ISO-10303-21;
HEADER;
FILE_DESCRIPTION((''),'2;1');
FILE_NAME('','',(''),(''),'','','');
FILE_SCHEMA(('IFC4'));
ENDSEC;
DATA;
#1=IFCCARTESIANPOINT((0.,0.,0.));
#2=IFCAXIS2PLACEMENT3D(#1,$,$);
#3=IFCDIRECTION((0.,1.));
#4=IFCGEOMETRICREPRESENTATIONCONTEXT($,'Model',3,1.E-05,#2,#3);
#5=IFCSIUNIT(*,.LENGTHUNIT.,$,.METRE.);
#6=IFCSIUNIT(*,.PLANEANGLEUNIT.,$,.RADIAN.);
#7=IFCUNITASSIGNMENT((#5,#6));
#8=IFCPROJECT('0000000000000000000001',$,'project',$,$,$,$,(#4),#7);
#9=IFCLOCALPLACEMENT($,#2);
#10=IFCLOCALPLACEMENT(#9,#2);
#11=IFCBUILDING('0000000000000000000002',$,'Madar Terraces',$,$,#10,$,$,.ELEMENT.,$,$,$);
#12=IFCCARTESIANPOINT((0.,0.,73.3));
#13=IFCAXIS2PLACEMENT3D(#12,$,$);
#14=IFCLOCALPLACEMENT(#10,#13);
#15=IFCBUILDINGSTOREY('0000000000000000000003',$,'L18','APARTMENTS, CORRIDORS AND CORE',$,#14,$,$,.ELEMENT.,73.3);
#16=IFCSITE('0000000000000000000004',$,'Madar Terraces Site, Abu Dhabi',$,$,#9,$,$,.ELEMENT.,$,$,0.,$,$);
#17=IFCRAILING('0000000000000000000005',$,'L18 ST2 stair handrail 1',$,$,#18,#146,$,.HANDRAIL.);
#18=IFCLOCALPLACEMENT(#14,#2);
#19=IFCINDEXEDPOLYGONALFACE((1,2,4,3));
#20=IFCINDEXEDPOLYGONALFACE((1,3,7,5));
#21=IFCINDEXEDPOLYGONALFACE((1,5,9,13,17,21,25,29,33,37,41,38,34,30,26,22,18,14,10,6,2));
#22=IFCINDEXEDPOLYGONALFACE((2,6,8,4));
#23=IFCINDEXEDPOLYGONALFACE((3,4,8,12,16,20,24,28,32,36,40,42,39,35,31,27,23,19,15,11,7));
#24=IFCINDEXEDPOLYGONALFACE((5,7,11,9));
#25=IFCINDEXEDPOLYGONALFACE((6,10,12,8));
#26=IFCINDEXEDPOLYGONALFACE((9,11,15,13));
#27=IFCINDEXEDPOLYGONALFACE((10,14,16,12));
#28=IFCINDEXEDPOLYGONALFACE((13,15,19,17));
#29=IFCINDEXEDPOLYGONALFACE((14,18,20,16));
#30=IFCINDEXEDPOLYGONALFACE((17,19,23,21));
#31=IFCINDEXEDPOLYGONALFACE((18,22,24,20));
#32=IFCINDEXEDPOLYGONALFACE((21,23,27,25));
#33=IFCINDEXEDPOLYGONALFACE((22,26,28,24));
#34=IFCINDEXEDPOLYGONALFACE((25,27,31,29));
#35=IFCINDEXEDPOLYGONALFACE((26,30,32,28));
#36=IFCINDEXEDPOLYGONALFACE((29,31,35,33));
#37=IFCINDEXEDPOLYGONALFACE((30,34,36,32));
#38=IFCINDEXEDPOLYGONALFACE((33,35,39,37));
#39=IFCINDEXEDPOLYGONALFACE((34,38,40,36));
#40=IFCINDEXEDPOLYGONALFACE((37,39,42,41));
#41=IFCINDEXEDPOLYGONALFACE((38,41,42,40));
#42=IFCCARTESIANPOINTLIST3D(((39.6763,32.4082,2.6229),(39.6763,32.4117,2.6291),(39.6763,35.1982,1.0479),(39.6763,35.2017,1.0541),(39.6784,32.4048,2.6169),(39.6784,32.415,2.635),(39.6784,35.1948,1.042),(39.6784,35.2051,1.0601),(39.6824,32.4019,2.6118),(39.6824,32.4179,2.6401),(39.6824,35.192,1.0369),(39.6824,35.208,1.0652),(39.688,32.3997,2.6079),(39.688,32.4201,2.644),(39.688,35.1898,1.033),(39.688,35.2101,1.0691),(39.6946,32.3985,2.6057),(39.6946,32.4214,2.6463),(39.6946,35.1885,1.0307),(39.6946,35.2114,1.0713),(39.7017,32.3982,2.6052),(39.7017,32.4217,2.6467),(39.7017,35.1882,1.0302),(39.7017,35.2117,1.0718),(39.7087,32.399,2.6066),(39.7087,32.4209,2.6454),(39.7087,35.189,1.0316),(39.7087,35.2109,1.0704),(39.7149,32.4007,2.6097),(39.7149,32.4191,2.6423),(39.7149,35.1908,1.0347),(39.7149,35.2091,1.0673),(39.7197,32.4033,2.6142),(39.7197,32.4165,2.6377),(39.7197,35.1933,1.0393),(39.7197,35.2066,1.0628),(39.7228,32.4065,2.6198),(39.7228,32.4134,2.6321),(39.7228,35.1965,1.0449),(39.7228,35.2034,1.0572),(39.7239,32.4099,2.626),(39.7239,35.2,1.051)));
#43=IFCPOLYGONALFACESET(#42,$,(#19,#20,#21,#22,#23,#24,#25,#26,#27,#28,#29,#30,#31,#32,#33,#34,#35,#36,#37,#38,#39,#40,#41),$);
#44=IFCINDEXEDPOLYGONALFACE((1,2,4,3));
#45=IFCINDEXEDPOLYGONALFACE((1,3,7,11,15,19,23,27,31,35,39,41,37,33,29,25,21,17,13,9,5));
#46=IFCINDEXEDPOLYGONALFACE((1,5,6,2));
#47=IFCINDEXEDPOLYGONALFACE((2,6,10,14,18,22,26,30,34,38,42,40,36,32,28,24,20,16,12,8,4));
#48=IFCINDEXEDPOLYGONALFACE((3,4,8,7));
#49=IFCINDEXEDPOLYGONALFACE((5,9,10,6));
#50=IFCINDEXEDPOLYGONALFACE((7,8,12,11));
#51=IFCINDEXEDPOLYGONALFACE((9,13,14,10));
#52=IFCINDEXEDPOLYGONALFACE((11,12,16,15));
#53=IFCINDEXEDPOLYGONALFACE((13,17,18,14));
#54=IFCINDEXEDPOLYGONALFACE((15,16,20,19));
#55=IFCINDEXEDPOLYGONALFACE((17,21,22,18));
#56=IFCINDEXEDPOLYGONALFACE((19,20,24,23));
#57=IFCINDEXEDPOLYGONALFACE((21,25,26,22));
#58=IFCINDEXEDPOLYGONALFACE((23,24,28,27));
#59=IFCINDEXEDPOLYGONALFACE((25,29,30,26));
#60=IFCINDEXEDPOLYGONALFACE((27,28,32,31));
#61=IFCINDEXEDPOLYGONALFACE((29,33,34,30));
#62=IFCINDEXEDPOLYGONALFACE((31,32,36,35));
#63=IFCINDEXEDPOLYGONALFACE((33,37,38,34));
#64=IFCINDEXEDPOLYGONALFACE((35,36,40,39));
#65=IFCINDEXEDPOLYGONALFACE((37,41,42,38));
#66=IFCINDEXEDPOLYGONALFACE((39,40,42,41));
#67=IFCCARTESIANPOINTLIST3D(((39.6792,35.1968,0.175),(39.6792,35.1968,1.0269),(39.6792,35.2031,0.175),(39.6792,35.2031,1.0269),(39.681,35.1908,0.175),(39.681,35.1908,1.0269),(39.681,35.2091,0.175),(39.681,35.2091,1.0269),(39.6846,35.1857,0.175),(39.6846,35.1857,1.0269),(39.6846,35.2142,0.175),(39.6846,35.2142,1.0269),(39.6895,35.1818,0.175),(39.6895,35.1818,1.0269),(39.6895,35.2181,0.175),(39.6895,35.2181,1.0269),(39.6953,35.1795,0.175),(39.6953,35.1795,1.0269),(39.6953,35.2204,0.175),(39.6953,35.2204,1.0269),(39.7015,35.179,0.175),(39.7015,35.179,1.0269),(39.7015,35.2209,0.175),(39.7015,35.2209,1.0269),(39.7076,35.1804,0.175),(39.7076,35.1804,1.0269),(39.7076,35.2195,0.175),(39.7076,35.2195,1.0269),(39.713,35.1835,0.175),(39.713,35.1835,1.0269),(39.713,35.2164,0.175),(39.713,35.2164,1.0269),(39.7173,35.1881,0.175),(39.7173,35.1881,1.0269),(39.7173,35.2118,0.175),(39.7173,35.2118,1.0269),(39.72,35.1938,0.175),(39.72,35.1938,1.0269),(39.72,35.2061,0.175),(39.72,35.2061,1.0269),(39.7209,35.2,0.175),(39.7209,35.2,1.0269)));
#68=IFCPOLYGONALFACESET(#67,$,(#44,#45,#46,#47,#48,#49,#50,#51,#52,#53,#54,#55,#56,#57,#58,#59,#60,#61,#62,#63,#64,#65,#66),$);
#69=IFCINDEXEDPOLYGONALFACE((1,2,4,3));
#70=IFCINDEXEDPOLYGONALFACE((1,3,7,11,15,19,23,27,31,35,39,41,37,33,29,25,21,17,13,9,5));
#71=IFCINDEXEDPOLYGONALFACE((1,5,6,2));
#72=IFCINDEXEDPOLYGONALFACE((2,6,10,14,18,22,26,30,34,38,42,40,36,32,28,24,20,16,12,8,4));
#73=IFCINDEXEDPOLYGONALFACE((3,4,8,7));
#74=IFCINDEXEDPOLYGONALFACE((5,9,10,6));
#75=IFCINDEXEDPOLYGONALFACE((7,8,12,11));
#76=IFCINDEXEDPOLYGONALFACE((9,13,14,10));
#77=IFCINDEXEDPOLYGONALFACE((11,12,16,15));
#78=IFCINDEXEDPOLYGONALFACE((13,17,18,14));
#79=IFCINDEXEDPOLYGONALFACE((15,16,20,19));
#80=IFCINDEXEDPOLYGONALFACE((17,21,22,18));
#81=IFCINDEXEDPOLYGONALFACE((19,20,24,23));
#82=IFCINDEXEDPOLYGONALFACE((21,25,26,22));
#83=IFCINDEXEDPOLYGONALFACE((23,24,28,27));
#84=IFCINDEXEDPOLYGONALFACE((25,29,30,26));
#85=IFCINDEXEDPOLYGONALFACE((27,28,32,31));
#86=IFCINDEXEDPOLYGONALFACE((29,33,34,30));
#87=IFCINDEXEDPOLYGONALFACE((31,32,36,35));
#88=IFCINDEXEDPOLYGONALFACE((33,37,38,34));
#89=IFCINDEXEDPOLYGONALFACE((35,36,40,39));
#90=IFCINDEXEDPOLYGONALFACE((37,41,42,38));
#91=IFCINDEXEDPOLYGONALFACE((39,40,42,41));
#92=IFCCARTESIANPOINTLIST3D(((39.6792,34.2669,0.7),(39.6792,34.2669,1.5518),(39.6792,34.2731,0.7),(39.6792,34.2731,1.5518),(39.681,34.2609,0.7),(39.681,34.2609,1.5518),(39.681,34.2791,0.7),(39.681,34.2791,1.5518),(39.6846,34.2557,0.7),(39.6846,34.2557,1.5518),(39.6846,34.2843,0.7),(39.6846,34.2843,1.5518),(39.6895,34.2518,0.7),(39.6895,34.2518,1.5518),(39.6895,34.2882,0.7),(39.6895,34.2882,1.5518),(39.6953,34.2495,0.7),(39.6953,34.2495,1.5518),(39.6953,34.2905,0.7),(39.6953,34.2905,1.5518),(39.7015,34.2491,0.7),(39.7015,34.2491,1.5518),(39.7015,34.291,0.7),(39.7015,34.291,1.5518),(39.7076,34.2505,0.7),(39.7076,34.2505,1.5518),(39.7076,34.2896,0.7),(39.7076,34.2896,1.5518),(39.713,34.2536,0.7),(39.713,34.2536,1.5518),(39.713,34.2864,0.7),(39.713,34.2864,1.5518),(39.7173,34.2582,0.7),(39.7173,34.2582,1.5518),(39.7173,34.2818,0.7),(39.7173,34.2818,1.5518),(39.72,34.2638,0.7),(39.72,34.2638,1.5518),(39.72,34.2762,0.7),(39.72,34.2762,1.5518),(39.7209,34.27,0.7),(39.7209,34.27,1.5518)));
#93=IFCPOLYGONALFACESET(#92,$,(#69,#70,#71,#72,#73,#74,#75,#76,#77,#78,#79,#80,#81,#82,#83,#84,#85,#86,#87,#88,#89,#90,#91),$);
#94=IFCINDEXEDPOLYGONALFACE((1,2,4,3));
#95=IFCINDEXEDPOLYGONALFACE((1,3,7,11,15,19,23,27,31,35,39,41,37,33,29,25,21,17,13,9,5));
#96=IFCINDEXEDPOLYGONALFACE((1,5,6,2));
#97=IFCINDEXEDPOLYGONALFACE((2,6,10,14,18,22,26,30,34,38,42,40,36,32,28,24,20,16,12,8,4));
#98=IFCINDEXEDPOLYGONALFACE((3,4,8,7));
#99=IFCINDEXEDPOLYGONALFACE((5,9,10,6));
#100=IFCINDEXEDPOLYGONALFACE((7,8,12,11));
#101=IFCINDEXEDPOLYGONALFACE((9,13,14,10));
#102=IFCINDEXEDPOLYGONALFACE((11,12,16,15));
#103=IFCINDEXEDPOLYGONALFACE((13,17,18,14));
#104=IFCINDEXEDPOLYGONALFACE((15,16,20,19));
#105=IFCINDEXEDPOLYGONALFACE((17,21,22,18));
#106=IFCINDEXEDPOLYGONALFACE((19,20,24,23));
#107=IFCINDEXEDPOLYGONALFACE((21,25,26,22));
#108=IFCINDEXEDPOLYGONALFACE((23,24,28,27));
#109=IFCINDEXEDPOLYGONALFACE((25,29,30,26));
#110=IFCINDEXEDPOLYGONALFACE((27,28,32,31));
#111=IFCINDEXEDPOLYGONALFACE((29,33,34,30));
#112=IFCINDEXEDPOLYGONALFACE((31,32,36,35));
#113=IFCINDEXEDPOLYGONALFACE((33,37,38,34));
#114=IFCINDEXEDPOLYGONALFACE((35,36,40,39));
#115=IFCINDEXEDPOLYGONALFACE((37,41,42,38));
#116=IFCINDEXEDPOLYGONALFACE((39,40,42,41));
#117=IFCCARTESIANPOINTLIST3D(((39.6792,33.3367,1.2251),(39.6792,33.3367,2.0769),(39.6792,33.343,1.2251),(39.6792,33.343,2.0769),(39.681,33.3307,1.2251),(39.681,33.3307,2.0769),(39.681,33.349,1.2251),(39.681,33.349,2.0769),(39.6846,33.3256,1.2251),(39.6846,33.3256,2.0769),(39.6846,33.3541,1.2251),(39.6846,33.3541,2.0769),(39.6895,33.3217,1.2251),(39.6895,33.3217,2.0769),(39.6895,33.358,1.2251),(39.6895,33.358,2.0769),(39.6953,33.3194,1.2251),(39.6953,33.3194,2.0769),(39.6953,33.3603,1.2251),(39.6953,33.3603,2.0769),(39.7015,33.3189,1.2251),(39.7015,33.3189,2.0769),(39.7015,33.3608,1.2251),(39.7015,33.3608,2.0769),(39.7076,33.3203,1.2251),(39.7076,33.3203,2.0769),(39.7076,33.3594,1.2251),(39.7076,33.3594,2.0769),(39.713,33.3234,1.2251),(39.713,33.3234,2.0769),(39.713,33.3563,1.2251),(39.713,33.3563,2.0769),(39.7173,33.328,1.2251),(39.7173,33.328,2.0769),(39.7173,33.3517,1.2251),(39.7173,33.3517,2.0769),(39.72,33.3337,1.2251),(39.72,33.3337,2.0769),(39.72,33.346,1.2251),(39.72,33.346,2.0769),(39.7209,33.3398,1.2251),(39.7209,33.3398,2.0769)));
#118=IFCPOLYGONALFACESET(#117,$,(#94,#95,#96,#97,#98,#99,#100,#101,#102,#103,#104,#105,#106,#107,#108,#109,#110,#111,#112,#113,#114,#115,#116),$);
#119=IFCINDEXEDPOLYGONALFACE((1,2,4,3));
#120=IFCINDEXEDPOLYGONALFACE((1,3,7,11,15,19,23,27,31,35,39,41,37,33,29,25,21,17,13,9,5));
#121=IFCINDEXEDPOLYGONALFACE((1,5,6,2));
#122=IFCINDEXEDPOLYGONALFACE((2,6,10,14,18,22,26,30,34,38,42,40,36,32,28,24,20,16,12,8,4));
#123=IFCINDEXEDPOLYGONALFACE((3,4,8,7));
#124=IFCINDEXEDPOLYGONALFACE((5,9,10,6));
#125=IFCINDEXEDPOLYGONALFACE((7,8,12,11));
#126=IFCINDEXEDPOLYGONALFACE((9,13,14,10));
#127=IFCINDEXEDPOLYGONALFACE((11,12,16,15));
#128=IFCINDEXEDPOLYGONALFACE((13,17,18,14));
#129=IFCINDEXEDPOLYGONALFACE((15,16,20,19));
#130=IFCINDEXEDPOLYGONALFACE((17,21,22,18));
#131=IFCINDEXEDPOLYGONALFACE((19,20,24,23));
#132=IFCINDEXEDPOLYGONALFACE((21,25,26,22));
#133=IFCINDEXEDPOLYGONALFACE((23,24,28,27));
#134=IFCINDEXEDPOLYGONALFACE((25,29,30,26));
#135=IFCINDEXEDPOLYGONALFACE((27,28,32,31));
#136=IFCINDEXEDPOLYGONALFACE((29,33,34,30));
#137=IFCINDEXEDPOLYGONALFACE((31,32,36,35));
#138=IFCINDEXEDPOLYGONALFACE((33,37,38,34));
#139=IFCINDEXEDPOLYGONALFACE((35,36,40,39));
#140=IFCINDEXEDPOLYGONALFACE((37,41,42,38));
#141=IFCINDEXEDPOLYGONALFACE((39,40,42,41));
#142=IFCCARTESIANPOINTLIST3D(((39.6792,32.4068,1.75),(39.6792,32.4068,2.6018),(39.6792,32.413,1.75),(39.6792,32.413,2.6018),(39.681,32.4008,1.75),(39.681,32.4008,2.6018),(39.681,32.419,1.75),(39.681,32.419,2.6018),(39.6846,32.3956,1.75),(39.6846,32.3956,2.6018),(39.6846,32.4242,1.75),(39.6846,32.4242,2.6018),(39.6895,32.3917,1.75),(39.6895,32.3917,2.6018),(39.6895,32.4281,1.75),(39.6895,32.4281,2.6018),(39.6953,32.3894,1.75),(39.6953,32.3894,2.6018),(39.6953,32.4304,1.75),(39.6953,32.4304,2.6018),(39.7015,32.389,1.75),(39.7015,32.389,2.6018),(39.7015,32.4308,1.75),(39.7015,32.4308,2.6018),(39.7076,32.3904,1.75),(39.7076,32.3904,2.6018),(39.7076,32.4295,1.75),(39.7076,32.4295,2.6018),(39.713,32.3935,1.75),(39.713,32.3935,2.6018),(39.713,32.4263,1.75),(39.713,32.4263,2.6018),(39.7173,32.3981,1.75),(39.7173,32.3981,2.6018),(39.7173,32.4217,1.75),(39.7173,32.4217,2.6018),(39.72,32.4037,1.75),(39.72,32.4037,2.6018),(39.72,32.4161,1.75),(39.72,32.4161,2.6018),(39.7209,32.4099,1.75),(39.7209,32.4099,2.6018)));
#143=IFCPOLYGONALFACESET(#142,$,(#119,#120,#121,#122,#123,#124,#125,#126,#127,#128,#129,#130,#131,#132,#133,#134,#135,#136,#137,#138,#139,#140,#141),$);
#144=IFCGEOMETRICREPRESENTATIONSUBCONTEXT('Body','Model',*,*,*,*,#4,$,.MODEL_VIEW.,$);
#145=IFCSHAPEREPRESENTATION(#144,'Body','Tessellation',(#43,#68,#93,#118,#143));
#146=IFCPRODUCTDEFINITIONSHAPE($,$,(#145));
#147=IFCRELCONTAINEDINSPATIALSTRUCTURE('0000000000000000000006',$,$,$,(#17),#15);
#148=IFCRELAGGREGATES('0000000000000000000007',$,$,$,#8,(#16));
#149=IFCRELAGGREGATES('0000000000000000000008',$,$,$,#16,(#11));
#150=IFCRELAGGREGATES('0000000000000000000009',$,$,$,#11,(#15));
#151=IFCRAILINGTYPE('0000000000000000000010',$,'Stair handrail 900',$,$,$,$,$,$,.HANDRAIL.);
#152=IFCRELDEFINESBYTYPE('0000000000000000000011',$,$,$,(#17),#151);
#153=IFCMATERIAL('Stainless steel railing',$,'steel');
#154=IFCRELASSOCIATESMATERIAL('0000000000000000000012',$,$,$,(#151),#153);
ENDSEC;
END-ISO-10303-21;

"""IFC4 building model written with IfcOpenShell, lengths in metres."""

from ifc_helpers import new_model, si_unit, direction, frame, origin, origin_2d, place, context, subcontext, project, spatial, circle, extrude, material, type_object, element, save


model = new_model("IFC4")

# Units and contexts
model_context = context("Model", 3, precision=1e-05, world=origin(), true_north=direction((0.0, 1.0)))
body_context = subcontext(model_context, "Body", "Model", "MODEL_VIEW")
ifc_project = project(units=[si_unit("LENGTHUNIT", "METRE"), si_unit("PLANEANGLEUNIT", "RADIAN")], contexts=[model_context])

# Site, building, storey
site_placement = place(None, origin())
site = spatial("IfcSite", under=ifc_project, at=site_placement, Name="Madar Terraces Site, Abu Dhabi", CompositionType="ELEMENT", RefElevation=0.0)
building_placement = place(site_placement, origin())
building = spatial("IfcBuilding", under=site, at=building_placement, Name="Madar Terraces", CompositionType="ELEMENT")
storey_placement = place(building_placement, frame((0.0, 0.0, 73.3)))
storey = spatial("IfcBuildingStorey", under=building, at=storey_placement, Name="L18", Description="APARTMENTS, CORRIDORS AND CORE", CompositionType="ELEMENT", Elevation=73.3)

# Railing
ifc_material_1 = material(Name="Stainless steel railing", Category="steel")
railing_type_1 = type_object("IfcRailingType", Name="Stair handrail 900", PredefinedType="HANDRAIL", material=ifc_material_1)
railing_1_placement = place(storey_placement, frame((39.7, 35.2, 0.175)))
element("IfcRailing", 1, at=railing_1_placement, inside=storey, type_object=railing_type_1, Name="L18 ST2 stair handrail 1", PredefinedType="HANDRAIL", context=body_context, shape_type="SweptSolid", body=[
    extrude(circle(Radius=0.0239, at=origin_2d()), frame((0.0, 0.0, 0.876), z_axis=(0.0, -0.870834, 0.491578), x_axis=(1.0, 0.0, 0.0)), (0.0, 0.0, 1.0), 3.2039),
    extrude(circle(Radius=0.021, at=origin_2d()), origin(), (0.0, 0.0, 1.0), 0.8518),
    extrude(circle(Radius=0.021, at=origin_2d()), frame((0.0, -0.9299, 0.5249)), (0.0, 0.0, 1.0), 0.8518),
    extrude(circle(Radius=0.021, at=origin_2d()), frame((0.0, -1.8601, 1.05)), (0.0, 0.0, 1.0), 0.8518),
    extrude(circle(Radius=0.021, at=origin_2d()), frame((0.0, -2.79, 1.575)), (0.0, 0.0, 1.0), 0.8518),
])

save(model, "model.ifc")
